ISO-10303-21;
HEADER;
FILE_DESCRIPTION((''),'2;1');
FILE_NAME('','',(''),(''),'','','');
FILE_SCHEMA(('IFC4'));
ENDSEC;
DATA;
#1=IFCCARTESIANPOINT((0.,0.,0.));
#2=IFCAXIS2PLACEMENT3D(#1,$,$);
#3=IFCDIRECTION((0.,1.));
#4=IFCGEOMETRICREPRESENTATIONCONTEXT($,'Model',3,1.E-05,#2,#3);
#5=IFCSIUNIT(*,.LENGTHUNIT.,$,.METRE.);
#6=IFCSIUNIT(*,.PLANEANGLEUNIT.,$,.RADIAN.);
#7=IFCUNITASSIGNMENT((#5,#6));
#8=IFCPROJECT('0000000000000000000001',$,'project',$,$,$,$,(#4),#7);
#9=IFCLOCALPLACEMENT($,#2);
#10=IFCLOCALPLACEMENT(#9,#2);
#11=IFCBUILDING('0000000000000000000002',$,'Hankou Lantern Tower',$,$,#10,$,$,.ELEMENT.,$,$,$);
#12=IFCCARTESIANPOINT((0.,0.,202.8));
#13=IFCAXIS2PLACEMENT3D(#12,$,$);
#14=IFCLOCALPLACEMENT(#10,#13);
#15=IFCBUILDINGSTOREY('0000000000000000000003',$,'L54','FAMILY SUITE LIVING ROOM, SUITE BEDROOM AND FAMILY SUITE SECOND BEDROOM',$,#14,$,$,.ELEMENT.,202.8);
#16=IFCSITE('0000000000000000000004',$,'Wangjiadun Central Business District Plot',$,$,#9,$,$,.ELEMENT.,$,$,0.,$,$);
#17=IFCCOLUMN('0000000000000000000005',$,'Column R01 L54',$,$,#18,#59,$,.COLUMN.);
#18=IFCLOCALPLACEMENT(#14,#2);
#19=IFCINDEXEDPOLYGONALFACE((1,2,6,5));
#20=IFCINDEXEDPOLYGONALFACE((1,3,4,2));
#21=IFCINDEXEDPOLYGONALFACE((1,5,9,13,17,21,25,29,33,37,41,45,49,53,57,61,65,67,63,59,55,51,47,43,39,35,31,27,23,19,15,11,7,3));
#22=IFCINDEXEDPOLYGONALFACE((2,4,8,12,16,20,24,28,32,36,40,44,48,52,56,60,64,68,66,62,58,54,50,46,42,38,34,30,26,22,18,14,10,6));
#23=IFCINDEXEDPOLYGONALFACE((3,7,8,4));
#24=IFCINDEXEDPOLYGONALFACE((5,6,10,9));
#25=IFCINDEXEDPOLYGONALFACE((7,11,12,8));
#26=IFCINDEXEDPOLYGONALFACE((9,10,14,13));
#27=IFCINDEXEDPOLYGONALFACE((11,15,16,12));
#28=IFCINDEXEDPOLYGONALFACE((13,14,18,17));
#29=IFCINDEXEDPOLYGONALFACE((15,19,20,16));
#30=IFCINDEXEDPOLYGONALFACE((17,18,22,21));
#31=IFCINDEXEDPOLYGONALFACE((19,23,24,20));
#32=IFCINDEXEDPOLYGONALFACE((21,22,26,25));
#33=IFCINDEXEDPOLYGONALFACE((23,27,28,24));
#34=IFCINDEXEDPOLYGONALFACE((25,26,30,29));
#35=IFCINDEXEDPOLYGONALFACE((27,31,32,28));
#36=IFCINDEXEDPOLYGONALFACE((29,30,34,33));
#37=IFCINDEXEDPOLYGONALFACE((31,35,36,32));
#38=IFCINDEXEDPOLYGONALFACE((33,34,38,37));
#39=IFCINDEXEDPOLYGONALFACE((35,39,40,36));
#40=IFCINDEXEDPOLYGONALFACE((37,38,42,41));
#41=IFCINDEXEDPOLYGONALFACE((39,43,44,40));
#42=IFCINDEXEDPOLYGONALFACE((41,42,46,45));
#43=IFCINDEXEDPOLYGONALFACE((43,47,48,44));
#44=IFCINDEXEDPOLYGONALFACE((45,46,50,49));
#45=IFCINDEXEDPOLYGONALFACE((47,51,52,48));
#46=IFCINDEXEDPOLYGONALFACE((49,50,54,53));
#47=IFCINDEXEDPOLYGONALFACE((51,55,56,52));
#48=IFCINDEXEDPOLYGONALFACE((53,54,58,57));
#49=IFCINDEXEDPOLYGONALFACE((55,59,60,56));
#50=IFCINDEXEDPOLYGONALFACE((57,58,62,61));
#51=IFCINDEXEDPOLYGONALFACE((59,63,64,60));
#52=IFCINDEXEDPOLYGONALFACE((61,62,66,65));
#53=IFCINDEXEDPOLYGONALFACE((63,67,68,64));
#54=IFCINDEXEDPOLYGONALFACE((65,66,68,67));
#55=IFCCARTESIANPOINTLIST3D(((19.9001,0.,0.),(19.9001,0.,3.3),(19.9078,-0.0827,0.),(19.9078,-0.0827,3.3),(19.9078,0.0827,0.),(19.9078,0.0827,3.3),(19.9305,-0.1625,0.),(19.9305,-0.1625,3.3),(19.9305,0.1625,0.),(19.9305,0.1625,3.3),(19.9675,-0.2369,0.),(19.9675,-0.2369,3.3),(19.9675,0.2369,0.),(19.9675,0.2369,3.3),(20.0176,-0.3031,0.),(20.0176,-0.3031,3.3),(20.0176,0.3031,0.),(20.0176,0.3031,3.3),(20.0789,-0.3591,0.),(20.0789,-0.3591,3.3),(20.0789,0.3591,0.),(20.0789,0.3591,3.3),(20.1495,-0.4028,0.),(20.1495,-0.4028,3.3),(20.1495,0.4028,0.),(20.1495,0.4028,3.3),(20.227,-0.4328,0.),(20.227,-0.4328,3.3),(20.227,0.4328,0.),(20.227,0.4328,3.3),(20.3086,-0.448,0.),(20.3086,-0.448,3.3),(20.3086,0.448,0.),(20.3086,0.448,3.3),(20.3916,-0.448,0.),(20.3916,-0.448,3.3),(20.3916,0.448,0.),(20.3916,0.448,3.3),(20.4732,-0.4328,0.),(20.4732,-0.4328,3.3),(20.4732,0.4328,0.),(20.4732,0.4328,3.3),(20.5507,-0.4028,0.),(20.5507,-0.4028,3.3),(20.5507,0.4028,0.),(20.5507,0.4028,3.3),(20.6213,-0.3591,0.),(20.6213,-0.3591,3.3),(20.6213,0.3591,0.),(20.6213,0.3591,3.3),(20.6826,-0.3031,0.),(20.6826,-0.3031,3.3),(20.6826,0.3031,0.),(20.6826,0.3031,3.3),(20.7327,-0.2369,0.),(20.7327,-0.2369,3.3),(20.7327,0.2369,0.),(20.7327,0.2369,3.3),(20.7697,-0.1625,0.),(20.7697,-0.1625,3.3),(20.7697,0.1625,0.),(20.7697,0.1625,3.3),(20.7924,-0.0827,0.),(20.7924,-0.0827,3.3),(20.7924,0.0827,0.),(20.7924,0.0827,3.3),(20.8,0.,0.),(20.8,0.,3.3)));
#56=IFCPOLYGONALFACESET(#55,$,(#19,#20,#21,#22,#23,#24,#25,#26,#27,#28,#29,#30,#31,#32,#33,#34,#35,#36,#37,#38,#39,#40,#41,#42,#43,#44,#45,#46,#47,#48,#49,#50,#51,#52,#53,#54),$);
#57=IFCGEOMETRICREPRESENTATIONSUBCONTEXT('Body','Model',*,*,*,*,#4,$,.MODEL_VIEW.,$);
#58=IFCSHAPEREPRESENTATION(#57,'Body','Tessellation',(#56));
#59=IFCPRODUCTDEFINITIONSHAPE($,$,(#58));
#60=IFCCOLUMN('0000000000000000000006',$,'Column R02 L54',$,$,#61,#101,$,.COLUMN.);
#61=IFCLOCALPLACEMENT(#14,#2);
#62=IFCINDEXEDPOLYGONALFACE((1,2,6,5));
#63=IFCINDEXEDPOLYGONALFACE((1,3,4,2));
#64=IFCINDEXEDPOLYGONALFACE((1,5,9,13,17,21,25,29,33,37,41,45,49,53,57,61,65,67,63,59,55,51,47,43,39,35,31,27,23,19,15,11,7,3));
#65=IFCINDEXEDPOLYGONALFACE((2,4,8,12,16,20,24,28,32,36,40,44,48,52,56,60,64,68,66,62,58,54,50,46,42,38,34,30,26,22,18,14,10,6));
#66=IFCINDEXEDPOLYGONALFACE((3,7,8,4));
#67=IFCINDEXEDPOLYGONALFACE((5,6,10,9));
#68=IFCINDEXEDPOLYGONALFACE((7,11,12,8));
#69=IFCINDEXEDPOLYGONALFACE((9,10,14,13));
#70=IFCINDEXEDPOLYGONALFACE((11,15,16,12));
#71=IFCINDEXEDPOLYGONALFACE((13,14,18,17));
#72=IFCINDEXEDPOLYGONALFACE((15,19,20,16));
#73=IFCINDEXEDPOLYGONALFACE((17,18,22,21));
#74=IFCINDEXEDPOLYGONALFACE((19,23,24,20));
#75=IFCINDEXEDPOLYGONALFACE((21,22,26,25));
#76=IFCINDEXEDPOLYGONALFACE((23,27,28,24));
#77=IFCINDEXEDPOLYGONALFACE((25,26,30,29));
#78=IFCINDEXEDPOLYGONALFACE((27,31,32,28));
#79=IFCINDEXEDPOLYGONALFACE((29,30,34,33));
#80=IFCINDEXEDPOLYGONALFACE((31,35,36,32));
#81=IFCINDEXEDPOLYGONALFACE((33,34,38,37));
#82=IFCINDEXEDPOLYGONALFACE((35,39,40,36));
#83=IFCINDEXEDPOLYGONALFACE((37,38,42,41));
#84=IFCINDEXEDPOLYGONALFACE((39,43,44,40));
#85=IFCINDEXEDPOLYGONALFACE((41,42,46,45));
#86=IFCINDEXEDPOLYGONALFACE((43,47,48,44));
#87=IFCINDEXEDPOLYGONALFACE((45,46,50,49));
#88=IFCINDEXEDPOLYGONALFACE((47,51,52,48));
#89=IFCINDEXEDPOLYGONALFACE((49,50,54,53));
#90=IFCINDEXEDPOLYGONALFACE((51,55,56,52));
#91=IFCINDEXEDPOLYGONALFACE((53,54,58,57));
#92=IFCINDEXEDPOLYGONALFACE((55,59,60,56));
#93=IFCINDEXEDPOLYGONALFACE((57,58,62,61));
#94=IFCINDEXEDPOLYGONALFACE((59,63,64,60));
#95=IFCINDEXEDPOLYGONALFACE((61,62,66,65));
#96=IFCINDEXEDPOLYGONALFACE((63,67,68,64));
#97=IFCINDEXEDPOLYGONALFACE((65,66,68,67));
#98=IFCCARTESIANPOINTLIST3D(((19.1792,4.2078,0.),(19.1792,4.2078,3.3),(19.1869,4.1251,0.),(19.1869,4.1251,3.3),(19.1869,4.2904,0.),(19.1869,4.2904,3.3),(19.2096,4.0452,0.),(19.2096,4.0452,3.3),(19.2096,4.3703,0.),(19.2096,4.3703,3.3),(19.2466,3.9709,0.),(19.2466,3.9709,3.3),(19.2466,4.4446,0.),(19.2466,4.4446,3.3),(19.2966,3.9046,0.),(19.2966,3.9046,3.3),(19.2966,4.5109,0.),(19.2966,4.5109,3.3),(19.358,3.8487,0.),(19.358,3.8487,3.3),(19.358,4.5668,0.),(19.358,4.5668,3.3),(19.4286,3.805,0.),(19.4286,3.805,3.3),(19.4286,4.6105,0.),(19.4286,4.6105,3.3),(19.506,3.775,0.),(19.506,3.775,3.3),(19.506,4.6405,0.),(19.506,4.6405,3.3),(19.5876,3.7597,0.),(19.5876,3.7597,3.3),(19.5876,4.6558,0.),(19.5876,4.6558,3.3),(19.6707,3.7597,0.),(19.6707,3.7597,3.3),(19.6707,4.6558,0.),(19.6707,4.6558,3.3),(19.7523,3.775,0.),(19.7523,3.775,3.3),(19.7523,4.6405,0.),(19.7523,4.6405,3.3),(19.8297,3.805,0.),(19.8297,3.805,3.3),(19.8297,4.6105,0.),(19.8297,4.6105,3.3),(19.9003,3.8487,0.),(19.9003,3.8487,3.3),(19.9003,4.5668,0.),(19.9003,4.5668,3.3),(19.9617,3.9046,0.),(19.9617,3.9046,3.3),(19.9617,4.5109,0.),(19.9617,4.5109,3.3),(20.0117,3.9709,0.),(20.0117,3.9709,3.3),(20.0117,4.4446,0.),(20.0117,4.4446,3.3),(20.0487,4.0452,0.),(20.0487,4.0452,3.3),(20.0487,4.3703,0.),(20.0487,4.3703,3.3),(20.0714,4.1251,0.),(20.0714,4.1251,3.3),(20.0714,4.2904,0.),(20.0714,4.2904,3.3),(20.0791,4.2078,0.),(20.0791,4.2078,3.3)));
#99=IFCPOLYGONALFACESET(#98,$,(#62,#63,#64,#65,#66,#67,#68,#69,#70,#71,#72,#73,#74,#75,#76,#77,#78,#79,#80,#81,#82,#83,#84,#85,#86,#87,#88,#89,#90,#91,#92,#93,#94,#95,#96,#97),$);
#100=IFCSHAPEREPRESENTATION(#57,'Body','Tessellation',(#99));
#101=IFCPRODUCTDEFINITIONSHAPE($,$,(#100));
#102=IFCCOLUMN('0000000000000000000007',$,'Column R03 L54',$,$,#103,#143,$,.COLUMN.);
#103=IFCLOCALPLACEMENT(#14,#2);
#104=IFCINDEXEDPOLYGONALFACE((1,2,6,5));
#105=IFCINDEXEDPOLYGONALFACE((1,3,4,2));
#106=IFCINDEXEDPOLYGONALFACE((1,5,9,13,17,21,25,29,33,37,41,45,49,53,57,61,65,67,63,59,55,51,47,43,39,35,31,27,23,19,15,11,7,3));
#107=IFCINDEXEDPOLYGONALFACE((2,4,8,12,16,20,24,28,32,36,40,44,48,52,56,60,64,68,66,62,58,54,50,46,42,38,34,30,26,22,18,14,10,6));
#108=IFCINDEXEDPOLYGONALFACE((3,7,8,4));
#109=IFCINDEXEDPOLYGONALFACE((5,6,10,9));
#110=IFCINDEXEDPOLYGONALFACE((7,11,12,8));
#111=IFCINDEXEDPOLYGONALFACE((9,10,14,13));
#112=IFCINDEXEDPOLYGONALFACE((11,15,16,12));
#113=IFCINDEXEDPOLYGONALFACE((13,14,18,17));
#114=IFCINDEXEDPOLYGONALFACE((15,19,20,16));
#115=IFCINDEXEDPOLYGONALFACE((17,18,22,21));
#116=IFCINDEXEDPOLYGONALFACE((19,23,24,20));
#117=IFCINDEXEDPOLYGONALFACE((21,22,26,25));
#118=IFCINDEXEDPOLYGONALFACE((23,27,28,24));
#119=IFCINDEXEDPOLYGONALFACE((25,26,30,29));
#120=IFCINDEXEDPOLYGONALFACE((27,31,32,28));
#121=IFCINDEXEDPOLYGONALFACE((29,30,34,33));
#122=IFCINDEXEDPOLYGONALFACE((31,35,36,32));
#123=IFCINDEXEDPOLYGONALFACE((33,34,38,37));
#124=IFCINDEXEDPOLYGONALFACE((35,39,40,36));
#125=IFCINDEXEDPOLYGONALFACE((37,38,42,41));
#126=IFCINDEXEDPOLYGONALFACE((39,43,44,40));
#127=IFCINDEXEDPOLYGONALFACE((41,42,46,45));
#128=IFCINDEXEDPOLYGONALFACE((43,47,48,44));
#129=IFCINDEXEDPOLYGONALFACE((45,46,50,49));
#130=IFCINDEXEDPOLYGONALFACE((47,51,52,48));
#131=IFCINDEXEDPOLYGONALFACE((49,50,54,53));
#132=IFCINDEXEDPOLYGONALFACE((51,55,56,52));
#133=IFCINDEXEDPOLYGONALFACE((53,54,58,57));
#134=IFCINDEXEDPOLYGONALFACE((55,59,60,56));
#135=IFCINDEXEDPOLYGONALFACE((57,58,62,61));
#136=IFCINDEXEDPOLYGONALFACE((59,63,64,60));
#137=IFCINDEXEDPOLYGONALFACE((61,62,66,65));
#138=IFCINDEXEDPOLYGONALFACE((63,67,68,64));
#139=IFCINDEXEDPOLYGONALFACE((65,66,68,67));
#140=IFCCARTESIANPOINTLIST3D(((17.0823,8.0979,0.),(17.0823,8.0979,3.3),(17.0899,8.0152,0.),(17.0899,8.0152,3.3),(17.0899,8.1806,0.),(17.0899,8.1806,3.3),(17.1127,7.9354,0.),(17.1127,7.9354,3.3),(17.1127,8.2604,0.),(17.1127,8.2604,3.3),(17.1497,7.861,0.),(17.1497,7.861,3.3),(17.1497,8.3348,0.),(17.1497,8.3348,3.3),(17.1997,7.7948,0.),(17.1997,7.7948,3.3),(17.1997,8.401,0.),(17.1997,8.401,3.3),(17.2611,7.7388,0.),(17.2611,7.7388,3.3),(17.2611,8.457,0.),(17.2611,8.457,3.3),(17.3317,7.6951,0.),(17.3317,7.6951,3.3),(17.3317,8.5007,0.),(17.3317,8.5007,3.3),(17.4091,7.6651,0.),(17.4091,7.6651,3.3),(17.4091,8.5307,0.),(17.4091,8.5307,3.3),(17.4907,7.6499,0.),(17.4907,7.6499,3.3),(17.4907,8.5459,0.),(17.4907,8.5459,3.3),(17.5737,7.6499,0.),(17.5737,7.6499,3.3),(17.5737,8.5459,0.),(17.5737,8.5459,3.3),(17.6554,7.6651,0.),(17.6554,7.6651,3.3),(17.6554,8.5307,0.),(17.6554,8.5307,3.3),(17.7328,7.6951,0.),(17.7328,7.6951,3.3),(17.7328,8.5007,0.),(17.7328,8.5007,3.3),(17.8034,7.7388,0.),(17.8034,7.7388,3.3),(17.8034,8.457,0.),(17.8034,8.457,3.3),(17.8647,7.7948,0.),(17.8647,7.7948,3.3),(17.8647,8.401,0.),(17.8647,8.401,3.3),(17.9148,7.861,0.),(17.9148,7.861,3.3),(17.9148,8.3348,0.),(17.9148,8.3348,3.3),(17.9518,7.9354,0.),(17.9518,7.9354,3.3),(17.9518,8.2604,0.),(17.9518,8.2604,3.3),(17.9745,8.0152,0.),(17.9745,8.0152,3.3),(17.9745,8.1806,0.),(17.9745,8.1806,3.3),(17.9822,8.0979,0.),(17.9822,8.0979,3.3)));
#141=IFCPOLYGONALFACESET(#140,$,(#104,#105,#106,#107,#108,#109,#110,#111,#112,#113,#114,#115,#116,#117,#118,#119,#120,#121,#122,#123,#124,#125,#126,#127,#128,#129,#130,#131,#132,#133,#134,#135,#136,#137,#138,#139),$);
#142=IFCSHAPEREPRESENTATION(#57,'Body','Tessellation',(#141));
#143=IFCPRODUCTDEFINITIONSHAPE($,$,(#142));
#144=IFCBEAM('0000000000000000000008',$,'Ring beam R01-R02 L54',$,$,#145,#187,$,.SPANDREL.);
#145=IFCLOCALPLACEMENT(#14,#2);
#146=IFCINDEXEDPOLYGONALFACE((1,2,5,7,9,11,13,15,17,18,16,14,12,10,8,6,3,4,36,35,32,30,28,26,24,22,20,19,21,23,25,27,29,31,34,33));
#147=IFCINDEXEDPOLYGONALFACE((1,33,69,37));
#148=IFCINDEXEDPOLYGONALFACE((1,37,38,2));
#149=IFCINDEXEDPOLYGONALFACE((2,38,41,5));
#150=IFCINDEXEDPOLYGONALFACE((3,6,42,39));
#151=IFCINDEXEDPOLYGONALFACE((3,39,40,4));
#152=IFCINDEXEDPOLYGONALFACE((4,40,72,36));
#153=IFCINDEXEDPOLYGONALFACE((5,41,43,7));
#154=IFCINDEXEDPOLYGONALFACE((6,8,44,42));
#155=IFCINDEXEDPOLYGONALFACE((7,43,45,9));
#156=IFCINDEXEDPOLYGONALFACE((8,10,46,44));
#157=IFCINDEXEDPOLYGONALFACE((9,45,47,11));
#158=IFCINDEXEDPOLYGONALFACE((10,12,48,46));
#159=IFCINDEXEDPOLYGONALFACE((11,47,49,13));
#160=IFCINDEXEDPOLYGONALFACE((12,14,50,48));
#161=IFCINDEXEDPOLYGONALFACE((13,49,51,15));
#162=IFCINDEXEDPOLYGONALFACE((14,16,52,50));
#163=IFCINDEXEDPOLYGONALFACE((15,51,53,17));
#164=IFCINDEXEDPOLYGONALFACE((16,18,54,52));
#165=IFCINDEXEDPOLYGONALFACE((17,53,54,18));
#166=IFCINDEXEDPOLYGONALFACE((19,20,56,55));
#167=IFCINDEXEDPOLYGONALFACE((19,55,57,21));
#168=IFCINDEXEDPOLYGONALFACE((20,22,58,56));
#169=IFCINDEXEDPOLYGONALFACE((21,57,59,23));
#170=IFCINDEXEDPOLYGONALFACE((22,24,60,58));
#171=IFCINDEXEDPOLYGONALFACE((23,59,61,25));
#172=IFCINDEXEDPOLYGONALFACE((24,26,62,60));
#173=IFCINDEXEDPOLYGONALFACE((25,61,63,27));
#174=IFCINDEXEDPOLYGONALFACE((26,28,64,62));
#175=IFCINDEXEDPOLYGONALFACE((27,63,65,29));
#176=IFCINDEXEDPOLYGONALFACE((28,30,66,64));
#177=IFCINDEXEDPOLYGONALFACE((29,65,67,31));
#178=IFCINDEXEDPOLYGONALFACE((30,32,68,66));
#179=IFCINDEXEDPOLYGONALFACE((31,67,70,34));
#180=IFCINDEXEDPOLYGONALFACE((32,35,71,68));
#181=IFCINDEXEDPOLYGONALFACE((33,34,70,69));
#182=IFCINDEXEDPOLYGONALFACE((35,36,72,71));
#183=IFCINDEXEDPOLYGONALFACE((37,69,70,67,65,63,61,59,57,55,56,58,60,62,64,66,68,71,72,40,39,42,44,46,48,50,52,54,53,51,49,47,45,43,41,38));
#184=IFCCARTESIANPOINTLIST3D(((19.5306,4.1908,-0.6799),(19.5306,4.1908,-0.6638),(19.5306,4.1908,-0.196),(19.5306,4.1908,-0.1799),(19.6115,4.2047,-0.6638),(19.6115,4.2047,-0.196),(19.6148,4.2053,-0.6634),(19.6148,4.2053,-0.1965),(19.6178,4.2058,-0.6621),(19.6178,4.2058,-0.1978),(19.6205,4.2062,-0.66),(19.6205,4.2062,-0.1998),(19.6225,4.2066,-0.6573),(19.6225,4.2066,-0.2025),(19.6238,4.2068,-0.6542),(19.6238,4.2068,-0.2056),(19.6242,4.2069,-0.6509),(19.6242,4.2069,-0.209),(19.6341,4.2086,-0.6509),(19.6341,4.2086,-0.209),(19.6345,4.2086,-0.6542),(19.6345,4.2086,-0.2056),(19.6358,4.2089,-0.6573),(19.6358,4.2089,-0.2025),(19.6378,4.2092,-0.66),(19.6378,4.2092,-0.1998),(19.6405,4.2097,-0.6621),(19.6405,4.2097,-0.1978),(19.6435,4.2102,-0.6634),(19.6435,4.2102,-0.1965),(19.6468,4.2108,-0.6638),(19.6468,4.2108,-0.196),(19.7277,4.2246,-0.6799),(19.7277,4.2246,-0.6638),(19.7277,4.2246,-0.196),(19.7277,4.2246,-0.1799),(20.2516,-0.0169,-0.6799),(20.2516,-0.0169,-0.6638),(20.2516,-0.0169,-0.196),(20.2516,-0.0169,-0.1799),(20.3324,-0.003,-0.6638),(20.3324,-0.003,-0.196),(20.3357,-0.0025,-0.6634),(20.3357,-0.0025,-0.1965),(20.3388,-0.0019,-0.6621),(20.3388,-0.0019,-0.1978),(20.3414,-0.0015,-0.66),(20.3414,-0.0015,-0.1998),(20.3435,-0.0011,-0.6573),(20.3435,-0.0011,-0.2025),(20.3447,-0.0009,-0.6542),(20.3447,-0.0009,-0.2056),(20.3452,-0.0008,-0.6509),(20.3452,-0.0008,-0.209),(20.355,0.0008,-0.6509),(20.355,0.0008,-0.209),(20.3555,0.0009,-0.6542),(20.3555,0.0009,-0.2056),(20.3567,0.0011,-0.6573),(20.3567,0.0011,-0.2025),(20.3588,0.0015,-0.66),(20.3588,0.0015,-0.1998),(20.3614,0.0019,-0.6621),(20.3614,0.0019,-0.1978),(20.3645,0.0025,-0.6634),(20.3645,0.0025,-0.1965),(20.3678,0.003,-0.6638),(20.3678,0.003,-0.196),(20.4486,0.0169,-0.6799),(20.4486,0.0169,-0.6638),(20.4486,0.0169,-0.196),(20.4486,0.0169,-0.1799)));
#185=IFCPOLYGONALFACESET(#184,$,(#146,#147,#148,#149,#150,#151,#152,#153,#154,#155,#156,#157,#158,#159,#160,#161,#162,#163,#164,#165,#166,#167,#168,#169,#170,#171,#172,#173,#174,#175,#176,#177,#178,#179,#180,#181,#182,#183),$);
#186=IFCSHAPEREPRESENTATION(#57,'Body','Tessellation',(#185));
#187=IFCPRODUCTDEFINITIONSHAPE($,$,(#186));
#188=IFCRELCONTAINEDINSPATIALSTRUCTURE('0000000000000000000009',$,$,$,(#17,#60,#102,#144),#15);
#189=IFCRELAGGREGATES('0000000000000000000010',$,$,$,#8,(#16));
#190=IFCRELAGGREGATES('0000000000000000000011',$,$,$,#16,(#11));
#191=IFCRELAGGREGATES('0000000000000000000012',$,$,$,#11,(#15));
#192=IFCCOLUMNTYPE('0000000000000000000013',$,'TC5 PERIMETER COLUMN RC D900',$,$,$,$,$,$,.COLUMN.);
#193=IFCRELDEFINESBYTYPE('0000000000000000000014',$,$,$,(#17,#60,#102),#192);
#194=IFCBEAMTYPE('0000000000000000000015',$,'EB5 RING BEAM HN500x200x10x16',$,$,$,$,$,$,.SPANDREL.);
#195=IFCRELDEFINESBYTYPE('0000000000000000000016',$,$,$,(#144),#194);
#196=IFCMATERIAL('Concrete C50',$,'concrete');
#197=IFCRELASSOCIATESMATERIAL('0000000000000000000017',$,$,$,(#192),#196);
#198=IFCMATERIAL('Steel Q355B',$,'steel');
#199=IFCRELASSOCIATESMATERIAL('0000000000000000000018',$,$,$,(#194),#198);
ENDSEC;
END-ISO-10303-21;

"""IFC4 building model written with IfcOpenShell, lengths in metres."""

from ifc_helpers import new_model, si_unit, direction, frame, origin, origin_2d, place, context, subcontext, project, spatial, circle, i_section, extrude, material, material_profile, profile_set, type_object, element, save


model = new_model("IFC4")

# Units and contexts
model_context = context("Model", 3, precision=1e-05, world=origin(), true_north=direction((0.0, 1.0)))
body_context = subcontext(model_context, "Body", "Model", "MODEL_VIEW")
ifc_project = project(units=[si_unit("LENGTHUNIT", "METRE"), si_unit("PLANEANGLEUNIT", "RADIAN")], contexts=[model_context])

# Site, building, storey
site_placement = place(None, origin())
site = spatial("IfcSite", under=ifc_project, at=site_placement, Name="Wangjiadun Central Business District Plot", CompositionType="ELEMENT", RefElevation=0.0)
building_placement = place(site_placement, origin())
building = spatial("IfcBuilding", under=site, at=building_placement, Name="Hankou Lantern Tower", CompositionType="ELEMENT")
storey_placement = place(building_placement, frame((0.0, 0.0, 202.8)))
storey = spatial("IfcBuildingStorey", under=building, at=storey_placement, Name="L54", Description="FAMILY SUITE LIVING ROOM, SUITE BEDROOM AND FAMILY SUITE SECOND BEDROOM", CompositionType="ELEMENT", Elevation=202.8)

# Columns
ifc_material_1 = material(Name="Concrete C50", Category="concrete")
ifc_material_profile_1 = material_profile(ifc_material_1, circle(Radius=0.45, at=origin_2d()), Name="RC D900")
ifc_profile_set_1 = profile_set([ifc_material_profile_1], Name="Concrete C50")
column_type = type_object("IfcColumnType", Name="TC5 PERIMETER COLUMN RC D900", PredefinedType="COLUMN", material=ifc_profile_set_1)
for number, where, z_axis, x_axis, name in (
    (1, (20.3501, 0.0, 0.0), (0.0, 0.0, 1.0), (1.0, 0.0, 0.0), "Column R01 L54"),
    (2, (19.6292, 4.2078, 0.0), (0.0, 0.0, 1.0), (1.0, 0.0, 0.0), "Column R02 L54"),
    (3, (17.5322, 8.0979, 0.0), (0.0, 0.0, 1.0), (1.0, 0.0, 0.0), "Column R03 L54"),
):
    element("IfcColumn", number, at=place(storey_placement, frame(where, z_axis=z_axis, x_axis=x_axis)), inside=storey, type_object=column_type, Name=name, PredefinedType="COLUMN", context=body_context, shape_type="SweptSolid", body=[
        extrude(circle(Radius=0.45, at=origin_2d()), origin(), (0.0, 0.0, 1.0), 3.3),
    ])

# Beam
ifc_material_2 = material(Name="Steel Q355B", Category="steel")
ifc_material_profile_2 = material_profile(ifc_material_2, i_section(OverallWidth=0.2, OverallDepth=0.5, WebThickness=0.01, FlangeThickness=0.0161, FilletRadius=0.0129, at=origin_2d()), Name="HN500x200x10x16")
ifc_profile_set_2 = profile_set([ifc_material_profile_2], Name="Steel Q355B")
beam_type_1 = type_object("IfcBeamType", Name="EB5 RING BEAM HN500x200x10x16", PredefinedType="SPANDREL", material=ifc_profile_set_2)
beam_1_placement = place(storey_placement, frame((20.3501, 0.0, -0.4299), z_axis=(-0.168877, 0.985637, 0.0), x_axis=(-0.985637, -0.168877, 0.0)))
element("IfcBeam", 4, at=beam_1_placement, inside=storey, type_object=beam_type_1, Name="Ring beam R01-R02 L54", PredefinedType="SPANDREL", context=body_context, shape_type="SweptSolid", body=[
    extrude(i_section(OverallWidth=0.2, OverallDepth=0.5, WebThickness=0.01, FlangeThickness=0.0161, FilletRadius=0.0129, at=origin_2d()), origin(), (0.0, 0.0, 1.0), 4.269),
])

save(model, "model.ifc")
